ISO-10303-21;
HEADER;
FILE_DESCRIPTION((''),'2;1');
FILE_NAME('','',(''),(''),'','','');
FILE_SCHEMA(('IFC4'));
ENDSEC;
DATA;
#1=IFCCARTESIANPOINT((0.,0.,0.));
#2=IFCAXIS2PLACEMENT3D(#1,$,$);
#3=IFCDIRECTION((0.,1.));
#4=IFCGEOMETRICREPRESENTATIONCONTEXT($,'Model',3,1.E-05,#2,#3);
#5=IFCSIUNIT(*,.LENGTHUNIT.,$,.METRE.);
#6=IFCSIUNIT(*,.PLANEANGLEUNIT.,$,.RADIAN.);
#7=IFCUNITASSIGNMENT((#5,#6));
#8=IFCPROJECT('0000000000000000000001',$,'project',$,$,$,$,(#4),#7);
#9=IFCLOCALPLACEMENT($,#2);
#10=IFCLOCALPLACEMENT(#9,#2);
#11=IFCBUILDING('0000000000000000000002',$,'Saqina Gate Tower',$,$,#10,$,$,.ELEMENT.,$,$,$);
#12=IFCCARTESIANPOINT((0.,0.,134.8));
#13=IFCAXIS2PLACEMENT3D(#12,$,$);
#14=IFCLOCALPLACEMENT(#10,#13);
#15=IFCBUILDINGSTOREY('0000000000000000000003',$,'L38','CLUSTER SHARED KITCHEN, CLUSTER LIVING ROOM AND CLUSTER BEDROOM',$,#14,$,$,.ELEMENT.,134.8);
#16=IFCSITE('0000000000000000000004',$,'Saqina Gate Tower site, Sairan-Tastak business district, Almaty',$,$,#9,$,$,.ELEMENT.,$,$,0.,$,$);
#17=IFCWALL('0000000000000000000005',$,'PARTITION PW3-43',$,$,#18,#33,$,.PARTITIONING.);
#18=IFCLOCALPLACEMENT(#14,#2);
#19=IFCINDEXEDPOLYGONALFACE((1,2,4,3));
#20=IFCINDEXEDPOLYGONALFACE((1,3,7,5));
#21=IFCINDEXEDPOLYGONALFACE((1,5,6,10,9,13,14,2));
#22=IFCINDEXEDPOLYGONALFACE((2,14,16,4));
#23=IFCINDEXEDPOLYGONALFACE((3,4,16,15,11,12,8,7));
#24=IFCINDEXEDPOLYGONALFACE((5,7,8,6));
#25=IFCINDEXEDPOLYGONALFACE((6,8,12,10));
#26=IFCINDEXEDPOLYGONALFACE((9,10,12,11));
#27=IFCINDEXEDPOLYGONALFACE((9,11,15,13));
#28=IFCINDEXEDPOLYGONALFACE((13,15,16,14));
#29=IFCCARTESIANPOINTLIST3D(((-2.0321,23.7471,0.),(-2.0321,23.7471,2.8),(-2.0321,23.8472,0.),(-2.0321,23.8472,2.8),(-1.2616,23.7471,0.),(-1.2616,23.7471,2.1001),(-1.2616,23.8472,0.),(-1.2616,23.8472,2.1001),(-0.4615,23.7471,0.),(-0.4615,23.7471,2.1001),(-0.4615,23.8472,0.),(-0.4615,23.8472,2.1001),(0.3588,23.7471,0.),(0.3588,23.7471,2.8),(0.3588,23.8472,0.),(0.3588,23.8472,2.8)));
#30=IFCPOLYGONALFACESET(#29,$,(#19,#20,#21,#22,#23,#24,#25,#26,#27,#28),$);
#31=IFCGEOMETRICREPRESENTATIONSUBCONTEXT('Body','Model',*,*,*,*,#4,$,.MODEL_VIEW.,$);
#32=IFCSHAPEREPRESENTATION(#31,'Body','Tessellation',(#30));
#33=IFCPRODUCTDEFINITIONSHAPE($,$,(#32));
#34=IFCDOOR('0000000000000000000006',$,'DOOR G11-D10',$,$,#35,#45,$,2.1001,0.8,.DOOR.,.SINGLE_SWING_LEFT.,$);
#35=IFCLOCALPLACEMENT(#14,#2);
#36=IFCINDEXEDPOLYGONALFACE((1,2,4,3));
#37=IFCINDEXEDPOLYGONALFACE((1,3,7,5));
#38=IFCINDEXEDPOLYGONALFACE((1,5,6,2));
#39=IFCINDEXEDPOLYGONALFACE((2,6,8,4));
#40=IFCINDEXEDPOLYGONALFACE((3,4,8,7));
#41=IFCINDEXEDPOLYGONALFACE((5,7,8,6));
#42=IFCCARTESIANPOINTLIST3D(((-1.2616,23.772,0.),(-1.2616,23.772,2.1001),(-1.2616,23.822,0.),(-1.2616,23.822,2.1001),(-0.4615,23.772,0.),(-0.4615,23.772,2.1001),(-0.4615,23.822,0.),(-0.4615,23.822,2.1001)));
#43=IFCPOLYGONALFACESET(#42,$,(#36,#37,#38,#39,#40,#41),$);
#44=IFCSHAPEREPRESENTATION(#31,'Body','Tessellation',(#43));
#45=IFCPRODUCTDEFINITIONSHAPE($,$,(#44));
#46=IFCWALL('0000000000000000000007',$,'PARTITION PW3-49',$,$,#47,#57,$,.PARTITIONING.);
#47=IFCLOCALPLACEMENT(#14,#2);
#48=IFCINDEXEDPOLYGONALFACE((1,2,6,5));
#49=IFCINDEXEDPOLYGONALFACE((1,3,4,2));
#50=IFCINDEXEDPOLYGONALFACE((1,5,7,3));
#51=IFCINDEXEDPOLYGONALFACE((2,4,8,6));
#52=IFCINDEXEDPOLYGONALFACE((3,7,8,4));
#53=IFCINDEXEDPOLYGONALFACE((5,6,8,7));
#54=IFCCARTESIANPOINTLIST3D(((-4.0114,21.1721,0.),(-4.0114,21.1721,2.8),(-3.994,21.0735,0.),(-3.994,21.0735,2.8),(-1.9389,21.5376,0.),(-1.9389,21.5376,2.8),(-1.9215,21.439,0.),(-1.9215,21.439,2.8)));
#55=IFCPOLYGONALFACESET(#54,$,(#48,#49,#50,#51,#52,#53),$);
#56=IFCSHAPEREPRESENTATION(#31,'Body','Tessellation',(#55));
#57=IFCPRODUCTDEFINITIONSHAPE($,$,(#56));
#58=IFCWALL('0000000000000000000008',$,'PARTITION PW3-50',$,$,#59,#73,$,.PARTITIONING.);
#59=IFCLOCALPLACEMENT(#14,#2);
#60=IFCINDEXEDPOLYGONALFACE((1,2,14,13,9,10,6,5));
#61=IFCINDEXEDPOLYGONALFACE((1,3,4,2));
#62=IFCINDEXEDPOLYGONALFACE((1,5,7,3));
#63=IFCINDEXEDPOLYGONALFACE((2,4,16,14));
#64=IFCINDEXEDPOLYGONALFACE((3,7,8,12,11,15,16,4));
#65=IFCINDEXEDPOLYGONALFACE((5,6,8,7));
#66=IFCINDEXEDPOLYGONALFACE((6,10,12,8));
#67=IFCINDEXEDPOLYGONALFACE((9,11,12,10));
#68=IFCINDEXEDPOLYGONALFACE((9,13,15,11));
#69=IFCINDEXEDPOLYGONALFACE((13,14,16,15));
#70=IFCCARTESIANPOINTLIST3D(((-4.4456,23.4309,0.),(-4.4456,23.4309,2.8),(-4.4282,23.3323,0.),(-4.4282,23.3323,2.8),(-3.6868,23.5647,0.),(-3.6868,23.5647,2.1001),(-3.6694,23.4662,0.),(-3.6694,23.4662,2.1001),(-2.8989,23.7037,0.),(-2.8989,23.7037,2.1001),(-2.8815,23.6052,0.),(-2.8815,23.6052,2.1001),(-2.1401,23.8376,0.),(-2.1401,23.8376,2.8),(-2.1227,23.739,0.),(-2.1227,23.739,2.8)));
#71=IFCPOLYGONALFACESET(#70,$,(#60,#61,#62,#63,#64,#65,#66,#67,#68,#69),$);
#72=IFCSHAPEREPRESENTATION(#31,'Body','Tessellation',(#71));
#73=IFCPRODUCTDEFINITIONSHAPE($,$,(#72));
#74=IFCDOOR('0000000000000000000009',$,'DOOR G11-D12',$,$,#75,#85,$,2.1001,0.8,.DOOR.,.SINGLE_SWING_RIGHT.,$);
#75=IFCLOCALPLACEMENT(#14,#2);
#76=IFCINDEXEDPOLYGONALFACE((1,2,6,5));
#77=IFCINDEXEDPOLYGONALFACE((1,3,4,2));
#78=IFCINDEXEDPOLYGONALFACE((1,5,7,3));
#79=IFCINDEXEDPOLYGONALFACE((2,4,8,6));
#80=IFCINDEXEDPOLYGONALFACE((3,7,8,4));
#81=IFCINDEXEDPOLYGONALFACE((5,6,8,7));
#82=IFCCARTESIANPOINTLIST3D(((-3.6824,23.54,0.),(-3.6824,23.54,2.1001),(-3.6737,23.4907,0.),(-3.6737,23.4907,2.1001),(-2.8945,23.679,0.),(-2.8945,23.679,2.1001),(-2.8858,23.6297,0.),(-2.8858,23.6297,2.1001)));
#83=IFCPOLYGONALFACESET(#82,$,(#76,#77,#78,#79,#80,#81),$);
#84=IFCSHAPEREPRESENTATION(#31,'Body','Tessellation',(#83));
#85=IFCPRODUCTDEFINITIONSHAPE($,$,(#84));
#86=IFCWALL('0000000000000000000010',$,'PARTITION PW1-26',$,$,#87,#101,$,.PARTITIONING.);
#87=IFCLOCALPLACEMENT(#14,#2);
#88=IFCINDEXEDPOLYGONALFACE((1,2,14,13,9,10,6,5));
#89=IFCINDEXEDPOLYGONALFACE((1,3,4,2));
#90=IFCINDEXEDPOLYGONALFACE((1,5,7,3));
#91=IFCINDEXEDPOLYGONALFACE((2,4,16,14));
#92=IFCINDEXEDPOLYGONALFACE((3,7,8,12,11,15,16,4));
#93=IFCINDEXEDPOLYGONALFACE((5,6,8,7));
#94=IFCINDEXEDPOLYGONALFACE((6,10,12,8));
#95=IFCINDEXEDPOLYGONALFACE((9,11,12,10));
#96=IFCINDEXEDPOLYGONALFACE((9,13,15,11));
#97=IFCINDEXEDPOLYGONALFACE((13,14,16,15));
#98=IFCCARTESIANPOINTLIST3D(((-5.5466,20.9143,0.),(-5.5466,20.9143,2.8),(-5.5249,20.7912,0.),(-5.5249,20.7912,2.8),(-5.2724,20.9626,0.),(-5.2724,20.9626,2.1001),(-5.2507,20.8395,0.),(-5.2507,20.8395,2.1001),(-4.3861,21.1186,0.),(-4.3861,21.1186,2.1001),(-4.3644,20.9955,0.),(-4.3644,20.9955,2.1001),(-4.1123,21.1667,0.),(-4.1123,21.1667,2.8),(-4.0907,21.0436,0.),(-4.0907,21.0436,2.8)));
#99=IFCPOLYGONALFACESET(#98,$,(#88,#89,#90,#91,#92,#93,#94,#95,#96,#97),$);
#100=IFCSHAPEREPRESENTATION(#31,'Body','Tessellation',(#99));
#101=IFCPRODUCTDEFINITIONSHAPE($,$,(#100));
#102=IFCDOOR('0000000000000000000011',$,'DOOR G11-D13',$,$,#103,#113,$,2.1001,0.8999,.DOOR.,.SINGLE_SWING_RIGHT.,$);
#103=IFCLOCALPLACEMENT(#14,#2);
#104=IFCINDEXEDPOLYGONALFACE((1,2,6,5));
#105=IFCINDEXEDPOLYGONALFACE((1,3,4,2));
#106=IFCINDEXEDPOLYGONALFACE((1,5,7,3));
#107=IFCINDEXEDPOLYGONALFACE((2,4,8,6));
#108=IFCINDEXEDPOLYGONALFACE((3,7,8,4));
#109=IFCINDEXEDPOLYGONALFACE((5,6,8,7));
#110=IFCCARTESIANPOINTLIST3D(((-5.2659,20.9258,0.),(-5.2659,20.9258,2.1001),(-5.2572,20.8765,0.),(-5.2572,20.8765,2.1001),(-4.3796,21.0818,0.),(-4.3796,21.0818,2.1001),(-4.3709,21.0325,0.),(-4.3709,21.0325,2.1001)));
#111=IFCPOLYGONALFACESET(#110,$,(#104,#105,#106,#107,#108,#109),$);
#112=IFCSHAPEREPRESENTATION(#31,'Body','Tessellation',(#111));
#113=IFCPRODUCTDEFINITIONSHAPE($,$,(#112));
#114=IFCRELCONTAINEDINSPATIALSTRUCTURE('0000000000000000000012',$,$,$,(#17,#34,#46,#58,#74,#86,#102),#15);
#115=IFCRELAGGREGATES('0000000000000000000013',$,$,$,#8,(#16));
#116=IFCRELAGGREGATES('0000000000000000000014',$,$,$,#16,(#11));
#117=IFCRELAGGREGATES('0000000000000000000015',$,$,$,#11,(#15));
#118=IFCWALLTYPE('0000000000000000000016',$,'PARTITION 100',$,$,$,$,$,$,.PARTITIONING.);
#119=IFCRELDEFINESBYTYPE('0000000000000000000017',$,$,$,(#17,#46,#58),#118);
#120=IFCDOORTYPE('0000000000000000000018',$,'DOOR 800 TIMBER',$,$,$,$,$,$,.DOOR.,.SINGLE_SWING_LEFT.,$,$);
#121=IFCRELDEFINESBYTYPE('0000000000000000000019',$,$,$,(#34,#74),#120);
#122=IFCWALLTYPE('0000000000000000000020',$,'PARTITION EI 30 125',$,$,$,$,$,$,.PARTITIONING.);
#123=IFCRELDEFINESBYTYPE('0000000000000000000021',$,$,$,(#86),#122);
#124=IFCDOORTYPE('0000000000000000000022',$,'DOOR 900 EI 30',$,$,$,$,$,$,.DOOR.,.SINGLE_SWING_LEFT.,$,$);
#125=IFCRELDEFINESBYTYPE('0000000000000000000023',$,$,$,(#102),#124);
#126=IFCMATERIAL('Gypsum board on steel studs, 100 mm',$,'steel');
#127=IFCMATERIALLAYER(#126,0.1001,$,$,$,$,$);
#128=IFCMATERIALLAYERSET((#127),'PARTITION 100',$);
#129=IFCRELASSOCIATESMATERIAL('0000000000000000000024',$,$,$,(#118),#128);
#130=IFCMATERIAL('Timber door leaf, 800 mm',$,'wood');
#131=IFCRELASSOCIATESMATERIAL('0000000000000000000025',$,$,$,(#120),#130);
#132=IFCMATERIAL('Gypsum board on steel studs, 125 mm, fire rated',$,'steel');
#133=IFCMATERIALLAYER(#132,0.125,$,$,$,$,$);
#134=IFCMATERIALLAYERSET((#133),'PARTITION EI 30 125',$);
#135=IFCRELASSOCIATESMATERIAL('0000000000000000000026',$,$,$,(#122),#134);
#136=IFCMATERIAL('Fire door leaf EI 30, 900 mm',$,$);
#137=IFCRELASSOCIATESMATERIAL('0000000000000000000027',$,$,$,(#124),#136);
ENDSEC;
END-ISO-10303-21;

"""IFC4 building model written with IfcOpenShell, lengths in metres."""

from ifc_helpers import new_model, si_unit, direction, frame, frame_2d, origin, place, context, subcontext, project, spatial, rectangle, extrude, material, layer, layer_set, type_object, element, fill, save


model = new_model("IFC4")

# Units and contexts
model_context = context("Model", 3, precision=1e-05, world=origin(), true_north=direction((0.0, 1.0)))
body_context = subcontext(model_context, "Body", "Model", "MODEL_VIEW")
ifc_project = project(units=[si_unit("LENGTHUNIT", "METRE"), si_unit("PLANEANGLEUNIT", "RADIAN")], contexts=[model_context])

# Site, building, storey
site_placement = place(None, origin())
site = spatial("IfcSite", under=ifc_project, at=site_placement, Name="Saqina Gate Tower site, Sairan-Tastak business district, Almaty", CompositionType="ELEMENT", RefElevation=0.0)
building_placement = place(site_placement, origin())
building = spatial("IfcBuilding", under=site, at=building_placement, Name="Saqina Gate Tower", CompositionType="ELEMENT")
storey_placement = place(building_placement, frame((0.0, 0.0, 134.8)))
storey = spatial("IfcBuildingStorey", under=building, at=storey_placement, Name="L38", Description="CLUSTER SHARED KITCHEN, CLUSTER LIVING ROOM AND CLUSTER BEDROOM", CompositionType="ELEMENT", Elevation=134.8)

# Shared definitions
ifc_material_1 = material(Name="Gypsum board on steel studs, 100 mm", Category="steel")
ifc_layer_1 = layer(ifc_material_1, 0.1001)
ifc_layer_set_1 = layer_set([ifc_layer_1], Name="PARTITION 100")
wall_type_1 = type_object("IfcWallType", Name="PARTITION 100", PredefinedType="PARTITIONING", material=ifc_layer_set_1)

# Wall, opening, door
wall_1_placement = place(storey_placement, frame((-2.032, 23.7971, 0.0), z_axis=(0.0, 0.0, 1.0), x_axis=(1.0, 0.0, 0.0)))
wall_1 = element("IfcWall", 1, at=wall_1_placement, inside=storey, type_object=wall_type_1, Name="PARTITION PW3-43", PredefinedType="PARTITIONING", context=body_context, shape_type="SweptSolid", body=[
    extrude(rectangle(XDim=2.3909, YDim=0.1001, at=frame_2d((1.1953, 0.0))), origin(), (0.0, 0.0, 1.0), 2.8),
])
opening_1_placement = place(wall_1_placement, frame((0.7705, 0.0, 0.0)))
opening_1 = element("IfcOpeningElement", 2, at=opening_1_placement, cuts=wall_1, PredefinedType="OPENING", context=body_context, shape_type="SweptSolid", body=[
    extrude(rectangle(XDim=0.8, YDim=2.1001, at=frame_2d((0.3999, 1.05))), frame((0.0, 0.062, 0.0), z_axis=(0.0, -1.0, 0.0), x_axis=(1.0, 0.0, 0.0)), (0.0, 0.0, 1.0), 0.124),
])
ifc_material_2 = material(Name="Timber door leaf, 800 mm", Category="wood")
door_type_1 = type_object("IfcDoorType", Name="DOOR 800 TIMBER", OperationType="SINGLE_SWING_LEFT", PredefinedType="DOOR", material=ifc_material_2)
door_1_placement = place(opening_1_placement, origin())
door_1 = element("IfcDoor", 3, at=door_1_placement, inside=storey, type_object=door_type_1, Name="DOOR G11-D10", OperationType="SINGLE_SWING_LEFT", OverallHeight=2.1001, OverallWidth=0.8, PredefinedType="DOOR", context=body_context, shape_type="SweptSolid", body=[
    extrude(rectangle(XDim=0.8, YDim=2.1001, at=frame_2d((0.3999, 1.05))), frame((0.0, 0.0249, 0.0), z_axis=(0.0, -1.0, 0.0), x_axis=(1.0, 0.0, 0.0)), (0.0, 0.0, 1.0), 0.05),
])
fill(opening_1, door_1)

# Wall
wall_2_placement = place(storey_placement, frame((-4.0027, 21.1228, 0.0), z_axis=(0.0, 0.0, 1.0), x_axis=(0.984805, 0.173666, 0.0)))
element("IfcWall", 4, at=wall_2_placement, inside=storey, type_object=wall_type_1, Name="PARTITION PW3-49", PredefinedType="PARTITIONING", context=body_context, shape_type="SweptSolid", body=[
    extrude(rectangle(XDim=2.1045, YDim=0.1001, at=frame_2d((1.0522, 0.0))), origin(), (0.0, 0.0, 1.0), 2.8),
])

# Walls, openings, doors
wall_3_placement = place(storey_placement, frame((-4.4368, 23.3816, 0.0), z_axis=(0.0, 0.0, 1.0), x_axis=(0.984791, 0.173744, 0.0)))
wall_3 = element("IfcWall", 5, at=wall_3_placement, inside=storey, type_object=wall_type_1, Name="PARTITION PW3-50", PredefinedType="PARTITIONING", context=body_context, shape_type="SweptSolid", body=[
    extrude(rectangle(XDim=2.3411, YDim=0.1001, at=frame_2d((1.1704, 0.0))), origin(), (0.0, 0.0, 1.0), 2.8),
])
opening_2_placement = place(wall_3_placement, frame((0.7705, 0.0, 0.0)))
opening_2 = element("IfcOpeningElement", 6, at=opening_2_placement, cuts=wall_3, PredefinedType="OPENING", context=body_context, shape_type="SweptSolid", body=[
    extrude(rectangle(XDim=0.8, YDim=2.1001, at=frame_2d((0.3999, 1.05))), frame((0.0, 0.062, 0.0), z_axis=(0.0, -1.0, 0.0), x_axis=(1.0, 0.0, 0.0)), (0.0, 0.0, 1.0), 0.124),
])
door_2_placement = place(opening_2_placement, origin())
door_2 = element("IfcDoor", 7, at=door_2_placement, inside=storey, type_object=door_type_1, Name="DOOR G11-D12", OperationType="SINGLE_SWING_RIGHT", OverallHeight=2.1001, OverallWidth=0.8, PredefinedType="DOOR", context=body_context, shape_type="SweptSolid", body=[
    extrude(rectangle(XDim=0.8, YDim=2.1001, at=frame_2d((0.3999, 1.05))), frame((0.0, 0.0249, 0.0), z_axis=(0.0, -1.0, 0.0), x_axis=(1.0, 0.0, 0.0)), (0.0, 0.0, 1.0), 0.05),
])
fill(opening_2, door_2)
ifc_material_3 = material(Name="Gypsum board on steel studs, 125 mm, fire rated", Category="steel")
ifc_layer_2 = layer(ifc_material_3, 0.125)
ifc_layer_set_2 = layer_set([ifc_layer_2], Name="PARTITION EI 30 125")
wall_type_2 = type_object("IfcWallType", Name="PARTITION EI 30 125", PredefinedType="PARTITIONING", material=ifc_layer_set_2)
wall_4_placement = place(storey_placement, frame((-5.5356, 20.8528, 0.0), z_axis=(0.0, 0.0, 1.0), x_axis=(0.984863, 0.173336, 0.0)))
wall_4 = element("IfcWall", 8, at=wall_4_placement, inside=storey, type_object=wall_type_2, Name="PARTITION PW1-26", PredefinedType="PARTITIONING", context=body_context, shape_type="SweptSolid", body=[
    extrude(rectangle(XDim=1.4563, YDim=0.125, at=frame_2d((0.728, 0.0))), origin(), (0.0, 0.0, 1.0), 2.8),
])
opening_3_placement = place(wall_4_placement, frame((0.2783, 0.0, 0.0)))
opening_3 = element("IfcOpeningElement", 9, at=opening_3_placement, cuts=wall_4, PredefinedType="OPENING", context=body_context, shape_type="SweptSolid", body=[
    extrude(rectangle(XDim=0.8999, YDim=2.1001, at=frame_2d((0.45, 1.05))), frame((0.0, 0.0745, 0.0), z_axis=(0.0, -1.0, 0.0), x_axis=(1.0, 0.0, 0.0)), (0.0, 0.0, 1.0), 0.1489),
])
ifc_material_4 = material(Name="Fire door leaf EI 30, 900 mm")
door_type_2 = type_object("IfcDoorType", Name="DOOR 900 EI 30", OperationType="SINGLE_SWING_LEFT", PredefinedType="DOOR", material=ifc_material_4)
door_3_placement = place(opening_3_placement, frame((0.8999, 0.0, 0.0), z_axis=(0.0, 0.0, 1.0), x_axis=(-1.0, 0.0, 0.0)))
door_3 = element("IfcDoor", 10, at=door_3_placement, inside=storey, type_object=door_type_2, Name="DOOR G11-D13", OperationType="SINGLE_SWING_RIGHT", OverallHeight=2.1001, OverallWidth=0.8999, PredefinedType="DOOR", context=body_context, shape_type="SweptSolid", body=[
    extrude(rectangle(XDim=0.8999, YDim=2.1001, at=frame_2d((0.45, 1.05))), frame((0.0, 0.0249, 0.0), z_axis=(0.0, -1.0, 0.0), x_axis=(1.0, 0.0, 0.0)), (0.0, 0.0, 1.0), 0.05),
])
fill(opening_3, door_3)

save(model, "model.ifc")
